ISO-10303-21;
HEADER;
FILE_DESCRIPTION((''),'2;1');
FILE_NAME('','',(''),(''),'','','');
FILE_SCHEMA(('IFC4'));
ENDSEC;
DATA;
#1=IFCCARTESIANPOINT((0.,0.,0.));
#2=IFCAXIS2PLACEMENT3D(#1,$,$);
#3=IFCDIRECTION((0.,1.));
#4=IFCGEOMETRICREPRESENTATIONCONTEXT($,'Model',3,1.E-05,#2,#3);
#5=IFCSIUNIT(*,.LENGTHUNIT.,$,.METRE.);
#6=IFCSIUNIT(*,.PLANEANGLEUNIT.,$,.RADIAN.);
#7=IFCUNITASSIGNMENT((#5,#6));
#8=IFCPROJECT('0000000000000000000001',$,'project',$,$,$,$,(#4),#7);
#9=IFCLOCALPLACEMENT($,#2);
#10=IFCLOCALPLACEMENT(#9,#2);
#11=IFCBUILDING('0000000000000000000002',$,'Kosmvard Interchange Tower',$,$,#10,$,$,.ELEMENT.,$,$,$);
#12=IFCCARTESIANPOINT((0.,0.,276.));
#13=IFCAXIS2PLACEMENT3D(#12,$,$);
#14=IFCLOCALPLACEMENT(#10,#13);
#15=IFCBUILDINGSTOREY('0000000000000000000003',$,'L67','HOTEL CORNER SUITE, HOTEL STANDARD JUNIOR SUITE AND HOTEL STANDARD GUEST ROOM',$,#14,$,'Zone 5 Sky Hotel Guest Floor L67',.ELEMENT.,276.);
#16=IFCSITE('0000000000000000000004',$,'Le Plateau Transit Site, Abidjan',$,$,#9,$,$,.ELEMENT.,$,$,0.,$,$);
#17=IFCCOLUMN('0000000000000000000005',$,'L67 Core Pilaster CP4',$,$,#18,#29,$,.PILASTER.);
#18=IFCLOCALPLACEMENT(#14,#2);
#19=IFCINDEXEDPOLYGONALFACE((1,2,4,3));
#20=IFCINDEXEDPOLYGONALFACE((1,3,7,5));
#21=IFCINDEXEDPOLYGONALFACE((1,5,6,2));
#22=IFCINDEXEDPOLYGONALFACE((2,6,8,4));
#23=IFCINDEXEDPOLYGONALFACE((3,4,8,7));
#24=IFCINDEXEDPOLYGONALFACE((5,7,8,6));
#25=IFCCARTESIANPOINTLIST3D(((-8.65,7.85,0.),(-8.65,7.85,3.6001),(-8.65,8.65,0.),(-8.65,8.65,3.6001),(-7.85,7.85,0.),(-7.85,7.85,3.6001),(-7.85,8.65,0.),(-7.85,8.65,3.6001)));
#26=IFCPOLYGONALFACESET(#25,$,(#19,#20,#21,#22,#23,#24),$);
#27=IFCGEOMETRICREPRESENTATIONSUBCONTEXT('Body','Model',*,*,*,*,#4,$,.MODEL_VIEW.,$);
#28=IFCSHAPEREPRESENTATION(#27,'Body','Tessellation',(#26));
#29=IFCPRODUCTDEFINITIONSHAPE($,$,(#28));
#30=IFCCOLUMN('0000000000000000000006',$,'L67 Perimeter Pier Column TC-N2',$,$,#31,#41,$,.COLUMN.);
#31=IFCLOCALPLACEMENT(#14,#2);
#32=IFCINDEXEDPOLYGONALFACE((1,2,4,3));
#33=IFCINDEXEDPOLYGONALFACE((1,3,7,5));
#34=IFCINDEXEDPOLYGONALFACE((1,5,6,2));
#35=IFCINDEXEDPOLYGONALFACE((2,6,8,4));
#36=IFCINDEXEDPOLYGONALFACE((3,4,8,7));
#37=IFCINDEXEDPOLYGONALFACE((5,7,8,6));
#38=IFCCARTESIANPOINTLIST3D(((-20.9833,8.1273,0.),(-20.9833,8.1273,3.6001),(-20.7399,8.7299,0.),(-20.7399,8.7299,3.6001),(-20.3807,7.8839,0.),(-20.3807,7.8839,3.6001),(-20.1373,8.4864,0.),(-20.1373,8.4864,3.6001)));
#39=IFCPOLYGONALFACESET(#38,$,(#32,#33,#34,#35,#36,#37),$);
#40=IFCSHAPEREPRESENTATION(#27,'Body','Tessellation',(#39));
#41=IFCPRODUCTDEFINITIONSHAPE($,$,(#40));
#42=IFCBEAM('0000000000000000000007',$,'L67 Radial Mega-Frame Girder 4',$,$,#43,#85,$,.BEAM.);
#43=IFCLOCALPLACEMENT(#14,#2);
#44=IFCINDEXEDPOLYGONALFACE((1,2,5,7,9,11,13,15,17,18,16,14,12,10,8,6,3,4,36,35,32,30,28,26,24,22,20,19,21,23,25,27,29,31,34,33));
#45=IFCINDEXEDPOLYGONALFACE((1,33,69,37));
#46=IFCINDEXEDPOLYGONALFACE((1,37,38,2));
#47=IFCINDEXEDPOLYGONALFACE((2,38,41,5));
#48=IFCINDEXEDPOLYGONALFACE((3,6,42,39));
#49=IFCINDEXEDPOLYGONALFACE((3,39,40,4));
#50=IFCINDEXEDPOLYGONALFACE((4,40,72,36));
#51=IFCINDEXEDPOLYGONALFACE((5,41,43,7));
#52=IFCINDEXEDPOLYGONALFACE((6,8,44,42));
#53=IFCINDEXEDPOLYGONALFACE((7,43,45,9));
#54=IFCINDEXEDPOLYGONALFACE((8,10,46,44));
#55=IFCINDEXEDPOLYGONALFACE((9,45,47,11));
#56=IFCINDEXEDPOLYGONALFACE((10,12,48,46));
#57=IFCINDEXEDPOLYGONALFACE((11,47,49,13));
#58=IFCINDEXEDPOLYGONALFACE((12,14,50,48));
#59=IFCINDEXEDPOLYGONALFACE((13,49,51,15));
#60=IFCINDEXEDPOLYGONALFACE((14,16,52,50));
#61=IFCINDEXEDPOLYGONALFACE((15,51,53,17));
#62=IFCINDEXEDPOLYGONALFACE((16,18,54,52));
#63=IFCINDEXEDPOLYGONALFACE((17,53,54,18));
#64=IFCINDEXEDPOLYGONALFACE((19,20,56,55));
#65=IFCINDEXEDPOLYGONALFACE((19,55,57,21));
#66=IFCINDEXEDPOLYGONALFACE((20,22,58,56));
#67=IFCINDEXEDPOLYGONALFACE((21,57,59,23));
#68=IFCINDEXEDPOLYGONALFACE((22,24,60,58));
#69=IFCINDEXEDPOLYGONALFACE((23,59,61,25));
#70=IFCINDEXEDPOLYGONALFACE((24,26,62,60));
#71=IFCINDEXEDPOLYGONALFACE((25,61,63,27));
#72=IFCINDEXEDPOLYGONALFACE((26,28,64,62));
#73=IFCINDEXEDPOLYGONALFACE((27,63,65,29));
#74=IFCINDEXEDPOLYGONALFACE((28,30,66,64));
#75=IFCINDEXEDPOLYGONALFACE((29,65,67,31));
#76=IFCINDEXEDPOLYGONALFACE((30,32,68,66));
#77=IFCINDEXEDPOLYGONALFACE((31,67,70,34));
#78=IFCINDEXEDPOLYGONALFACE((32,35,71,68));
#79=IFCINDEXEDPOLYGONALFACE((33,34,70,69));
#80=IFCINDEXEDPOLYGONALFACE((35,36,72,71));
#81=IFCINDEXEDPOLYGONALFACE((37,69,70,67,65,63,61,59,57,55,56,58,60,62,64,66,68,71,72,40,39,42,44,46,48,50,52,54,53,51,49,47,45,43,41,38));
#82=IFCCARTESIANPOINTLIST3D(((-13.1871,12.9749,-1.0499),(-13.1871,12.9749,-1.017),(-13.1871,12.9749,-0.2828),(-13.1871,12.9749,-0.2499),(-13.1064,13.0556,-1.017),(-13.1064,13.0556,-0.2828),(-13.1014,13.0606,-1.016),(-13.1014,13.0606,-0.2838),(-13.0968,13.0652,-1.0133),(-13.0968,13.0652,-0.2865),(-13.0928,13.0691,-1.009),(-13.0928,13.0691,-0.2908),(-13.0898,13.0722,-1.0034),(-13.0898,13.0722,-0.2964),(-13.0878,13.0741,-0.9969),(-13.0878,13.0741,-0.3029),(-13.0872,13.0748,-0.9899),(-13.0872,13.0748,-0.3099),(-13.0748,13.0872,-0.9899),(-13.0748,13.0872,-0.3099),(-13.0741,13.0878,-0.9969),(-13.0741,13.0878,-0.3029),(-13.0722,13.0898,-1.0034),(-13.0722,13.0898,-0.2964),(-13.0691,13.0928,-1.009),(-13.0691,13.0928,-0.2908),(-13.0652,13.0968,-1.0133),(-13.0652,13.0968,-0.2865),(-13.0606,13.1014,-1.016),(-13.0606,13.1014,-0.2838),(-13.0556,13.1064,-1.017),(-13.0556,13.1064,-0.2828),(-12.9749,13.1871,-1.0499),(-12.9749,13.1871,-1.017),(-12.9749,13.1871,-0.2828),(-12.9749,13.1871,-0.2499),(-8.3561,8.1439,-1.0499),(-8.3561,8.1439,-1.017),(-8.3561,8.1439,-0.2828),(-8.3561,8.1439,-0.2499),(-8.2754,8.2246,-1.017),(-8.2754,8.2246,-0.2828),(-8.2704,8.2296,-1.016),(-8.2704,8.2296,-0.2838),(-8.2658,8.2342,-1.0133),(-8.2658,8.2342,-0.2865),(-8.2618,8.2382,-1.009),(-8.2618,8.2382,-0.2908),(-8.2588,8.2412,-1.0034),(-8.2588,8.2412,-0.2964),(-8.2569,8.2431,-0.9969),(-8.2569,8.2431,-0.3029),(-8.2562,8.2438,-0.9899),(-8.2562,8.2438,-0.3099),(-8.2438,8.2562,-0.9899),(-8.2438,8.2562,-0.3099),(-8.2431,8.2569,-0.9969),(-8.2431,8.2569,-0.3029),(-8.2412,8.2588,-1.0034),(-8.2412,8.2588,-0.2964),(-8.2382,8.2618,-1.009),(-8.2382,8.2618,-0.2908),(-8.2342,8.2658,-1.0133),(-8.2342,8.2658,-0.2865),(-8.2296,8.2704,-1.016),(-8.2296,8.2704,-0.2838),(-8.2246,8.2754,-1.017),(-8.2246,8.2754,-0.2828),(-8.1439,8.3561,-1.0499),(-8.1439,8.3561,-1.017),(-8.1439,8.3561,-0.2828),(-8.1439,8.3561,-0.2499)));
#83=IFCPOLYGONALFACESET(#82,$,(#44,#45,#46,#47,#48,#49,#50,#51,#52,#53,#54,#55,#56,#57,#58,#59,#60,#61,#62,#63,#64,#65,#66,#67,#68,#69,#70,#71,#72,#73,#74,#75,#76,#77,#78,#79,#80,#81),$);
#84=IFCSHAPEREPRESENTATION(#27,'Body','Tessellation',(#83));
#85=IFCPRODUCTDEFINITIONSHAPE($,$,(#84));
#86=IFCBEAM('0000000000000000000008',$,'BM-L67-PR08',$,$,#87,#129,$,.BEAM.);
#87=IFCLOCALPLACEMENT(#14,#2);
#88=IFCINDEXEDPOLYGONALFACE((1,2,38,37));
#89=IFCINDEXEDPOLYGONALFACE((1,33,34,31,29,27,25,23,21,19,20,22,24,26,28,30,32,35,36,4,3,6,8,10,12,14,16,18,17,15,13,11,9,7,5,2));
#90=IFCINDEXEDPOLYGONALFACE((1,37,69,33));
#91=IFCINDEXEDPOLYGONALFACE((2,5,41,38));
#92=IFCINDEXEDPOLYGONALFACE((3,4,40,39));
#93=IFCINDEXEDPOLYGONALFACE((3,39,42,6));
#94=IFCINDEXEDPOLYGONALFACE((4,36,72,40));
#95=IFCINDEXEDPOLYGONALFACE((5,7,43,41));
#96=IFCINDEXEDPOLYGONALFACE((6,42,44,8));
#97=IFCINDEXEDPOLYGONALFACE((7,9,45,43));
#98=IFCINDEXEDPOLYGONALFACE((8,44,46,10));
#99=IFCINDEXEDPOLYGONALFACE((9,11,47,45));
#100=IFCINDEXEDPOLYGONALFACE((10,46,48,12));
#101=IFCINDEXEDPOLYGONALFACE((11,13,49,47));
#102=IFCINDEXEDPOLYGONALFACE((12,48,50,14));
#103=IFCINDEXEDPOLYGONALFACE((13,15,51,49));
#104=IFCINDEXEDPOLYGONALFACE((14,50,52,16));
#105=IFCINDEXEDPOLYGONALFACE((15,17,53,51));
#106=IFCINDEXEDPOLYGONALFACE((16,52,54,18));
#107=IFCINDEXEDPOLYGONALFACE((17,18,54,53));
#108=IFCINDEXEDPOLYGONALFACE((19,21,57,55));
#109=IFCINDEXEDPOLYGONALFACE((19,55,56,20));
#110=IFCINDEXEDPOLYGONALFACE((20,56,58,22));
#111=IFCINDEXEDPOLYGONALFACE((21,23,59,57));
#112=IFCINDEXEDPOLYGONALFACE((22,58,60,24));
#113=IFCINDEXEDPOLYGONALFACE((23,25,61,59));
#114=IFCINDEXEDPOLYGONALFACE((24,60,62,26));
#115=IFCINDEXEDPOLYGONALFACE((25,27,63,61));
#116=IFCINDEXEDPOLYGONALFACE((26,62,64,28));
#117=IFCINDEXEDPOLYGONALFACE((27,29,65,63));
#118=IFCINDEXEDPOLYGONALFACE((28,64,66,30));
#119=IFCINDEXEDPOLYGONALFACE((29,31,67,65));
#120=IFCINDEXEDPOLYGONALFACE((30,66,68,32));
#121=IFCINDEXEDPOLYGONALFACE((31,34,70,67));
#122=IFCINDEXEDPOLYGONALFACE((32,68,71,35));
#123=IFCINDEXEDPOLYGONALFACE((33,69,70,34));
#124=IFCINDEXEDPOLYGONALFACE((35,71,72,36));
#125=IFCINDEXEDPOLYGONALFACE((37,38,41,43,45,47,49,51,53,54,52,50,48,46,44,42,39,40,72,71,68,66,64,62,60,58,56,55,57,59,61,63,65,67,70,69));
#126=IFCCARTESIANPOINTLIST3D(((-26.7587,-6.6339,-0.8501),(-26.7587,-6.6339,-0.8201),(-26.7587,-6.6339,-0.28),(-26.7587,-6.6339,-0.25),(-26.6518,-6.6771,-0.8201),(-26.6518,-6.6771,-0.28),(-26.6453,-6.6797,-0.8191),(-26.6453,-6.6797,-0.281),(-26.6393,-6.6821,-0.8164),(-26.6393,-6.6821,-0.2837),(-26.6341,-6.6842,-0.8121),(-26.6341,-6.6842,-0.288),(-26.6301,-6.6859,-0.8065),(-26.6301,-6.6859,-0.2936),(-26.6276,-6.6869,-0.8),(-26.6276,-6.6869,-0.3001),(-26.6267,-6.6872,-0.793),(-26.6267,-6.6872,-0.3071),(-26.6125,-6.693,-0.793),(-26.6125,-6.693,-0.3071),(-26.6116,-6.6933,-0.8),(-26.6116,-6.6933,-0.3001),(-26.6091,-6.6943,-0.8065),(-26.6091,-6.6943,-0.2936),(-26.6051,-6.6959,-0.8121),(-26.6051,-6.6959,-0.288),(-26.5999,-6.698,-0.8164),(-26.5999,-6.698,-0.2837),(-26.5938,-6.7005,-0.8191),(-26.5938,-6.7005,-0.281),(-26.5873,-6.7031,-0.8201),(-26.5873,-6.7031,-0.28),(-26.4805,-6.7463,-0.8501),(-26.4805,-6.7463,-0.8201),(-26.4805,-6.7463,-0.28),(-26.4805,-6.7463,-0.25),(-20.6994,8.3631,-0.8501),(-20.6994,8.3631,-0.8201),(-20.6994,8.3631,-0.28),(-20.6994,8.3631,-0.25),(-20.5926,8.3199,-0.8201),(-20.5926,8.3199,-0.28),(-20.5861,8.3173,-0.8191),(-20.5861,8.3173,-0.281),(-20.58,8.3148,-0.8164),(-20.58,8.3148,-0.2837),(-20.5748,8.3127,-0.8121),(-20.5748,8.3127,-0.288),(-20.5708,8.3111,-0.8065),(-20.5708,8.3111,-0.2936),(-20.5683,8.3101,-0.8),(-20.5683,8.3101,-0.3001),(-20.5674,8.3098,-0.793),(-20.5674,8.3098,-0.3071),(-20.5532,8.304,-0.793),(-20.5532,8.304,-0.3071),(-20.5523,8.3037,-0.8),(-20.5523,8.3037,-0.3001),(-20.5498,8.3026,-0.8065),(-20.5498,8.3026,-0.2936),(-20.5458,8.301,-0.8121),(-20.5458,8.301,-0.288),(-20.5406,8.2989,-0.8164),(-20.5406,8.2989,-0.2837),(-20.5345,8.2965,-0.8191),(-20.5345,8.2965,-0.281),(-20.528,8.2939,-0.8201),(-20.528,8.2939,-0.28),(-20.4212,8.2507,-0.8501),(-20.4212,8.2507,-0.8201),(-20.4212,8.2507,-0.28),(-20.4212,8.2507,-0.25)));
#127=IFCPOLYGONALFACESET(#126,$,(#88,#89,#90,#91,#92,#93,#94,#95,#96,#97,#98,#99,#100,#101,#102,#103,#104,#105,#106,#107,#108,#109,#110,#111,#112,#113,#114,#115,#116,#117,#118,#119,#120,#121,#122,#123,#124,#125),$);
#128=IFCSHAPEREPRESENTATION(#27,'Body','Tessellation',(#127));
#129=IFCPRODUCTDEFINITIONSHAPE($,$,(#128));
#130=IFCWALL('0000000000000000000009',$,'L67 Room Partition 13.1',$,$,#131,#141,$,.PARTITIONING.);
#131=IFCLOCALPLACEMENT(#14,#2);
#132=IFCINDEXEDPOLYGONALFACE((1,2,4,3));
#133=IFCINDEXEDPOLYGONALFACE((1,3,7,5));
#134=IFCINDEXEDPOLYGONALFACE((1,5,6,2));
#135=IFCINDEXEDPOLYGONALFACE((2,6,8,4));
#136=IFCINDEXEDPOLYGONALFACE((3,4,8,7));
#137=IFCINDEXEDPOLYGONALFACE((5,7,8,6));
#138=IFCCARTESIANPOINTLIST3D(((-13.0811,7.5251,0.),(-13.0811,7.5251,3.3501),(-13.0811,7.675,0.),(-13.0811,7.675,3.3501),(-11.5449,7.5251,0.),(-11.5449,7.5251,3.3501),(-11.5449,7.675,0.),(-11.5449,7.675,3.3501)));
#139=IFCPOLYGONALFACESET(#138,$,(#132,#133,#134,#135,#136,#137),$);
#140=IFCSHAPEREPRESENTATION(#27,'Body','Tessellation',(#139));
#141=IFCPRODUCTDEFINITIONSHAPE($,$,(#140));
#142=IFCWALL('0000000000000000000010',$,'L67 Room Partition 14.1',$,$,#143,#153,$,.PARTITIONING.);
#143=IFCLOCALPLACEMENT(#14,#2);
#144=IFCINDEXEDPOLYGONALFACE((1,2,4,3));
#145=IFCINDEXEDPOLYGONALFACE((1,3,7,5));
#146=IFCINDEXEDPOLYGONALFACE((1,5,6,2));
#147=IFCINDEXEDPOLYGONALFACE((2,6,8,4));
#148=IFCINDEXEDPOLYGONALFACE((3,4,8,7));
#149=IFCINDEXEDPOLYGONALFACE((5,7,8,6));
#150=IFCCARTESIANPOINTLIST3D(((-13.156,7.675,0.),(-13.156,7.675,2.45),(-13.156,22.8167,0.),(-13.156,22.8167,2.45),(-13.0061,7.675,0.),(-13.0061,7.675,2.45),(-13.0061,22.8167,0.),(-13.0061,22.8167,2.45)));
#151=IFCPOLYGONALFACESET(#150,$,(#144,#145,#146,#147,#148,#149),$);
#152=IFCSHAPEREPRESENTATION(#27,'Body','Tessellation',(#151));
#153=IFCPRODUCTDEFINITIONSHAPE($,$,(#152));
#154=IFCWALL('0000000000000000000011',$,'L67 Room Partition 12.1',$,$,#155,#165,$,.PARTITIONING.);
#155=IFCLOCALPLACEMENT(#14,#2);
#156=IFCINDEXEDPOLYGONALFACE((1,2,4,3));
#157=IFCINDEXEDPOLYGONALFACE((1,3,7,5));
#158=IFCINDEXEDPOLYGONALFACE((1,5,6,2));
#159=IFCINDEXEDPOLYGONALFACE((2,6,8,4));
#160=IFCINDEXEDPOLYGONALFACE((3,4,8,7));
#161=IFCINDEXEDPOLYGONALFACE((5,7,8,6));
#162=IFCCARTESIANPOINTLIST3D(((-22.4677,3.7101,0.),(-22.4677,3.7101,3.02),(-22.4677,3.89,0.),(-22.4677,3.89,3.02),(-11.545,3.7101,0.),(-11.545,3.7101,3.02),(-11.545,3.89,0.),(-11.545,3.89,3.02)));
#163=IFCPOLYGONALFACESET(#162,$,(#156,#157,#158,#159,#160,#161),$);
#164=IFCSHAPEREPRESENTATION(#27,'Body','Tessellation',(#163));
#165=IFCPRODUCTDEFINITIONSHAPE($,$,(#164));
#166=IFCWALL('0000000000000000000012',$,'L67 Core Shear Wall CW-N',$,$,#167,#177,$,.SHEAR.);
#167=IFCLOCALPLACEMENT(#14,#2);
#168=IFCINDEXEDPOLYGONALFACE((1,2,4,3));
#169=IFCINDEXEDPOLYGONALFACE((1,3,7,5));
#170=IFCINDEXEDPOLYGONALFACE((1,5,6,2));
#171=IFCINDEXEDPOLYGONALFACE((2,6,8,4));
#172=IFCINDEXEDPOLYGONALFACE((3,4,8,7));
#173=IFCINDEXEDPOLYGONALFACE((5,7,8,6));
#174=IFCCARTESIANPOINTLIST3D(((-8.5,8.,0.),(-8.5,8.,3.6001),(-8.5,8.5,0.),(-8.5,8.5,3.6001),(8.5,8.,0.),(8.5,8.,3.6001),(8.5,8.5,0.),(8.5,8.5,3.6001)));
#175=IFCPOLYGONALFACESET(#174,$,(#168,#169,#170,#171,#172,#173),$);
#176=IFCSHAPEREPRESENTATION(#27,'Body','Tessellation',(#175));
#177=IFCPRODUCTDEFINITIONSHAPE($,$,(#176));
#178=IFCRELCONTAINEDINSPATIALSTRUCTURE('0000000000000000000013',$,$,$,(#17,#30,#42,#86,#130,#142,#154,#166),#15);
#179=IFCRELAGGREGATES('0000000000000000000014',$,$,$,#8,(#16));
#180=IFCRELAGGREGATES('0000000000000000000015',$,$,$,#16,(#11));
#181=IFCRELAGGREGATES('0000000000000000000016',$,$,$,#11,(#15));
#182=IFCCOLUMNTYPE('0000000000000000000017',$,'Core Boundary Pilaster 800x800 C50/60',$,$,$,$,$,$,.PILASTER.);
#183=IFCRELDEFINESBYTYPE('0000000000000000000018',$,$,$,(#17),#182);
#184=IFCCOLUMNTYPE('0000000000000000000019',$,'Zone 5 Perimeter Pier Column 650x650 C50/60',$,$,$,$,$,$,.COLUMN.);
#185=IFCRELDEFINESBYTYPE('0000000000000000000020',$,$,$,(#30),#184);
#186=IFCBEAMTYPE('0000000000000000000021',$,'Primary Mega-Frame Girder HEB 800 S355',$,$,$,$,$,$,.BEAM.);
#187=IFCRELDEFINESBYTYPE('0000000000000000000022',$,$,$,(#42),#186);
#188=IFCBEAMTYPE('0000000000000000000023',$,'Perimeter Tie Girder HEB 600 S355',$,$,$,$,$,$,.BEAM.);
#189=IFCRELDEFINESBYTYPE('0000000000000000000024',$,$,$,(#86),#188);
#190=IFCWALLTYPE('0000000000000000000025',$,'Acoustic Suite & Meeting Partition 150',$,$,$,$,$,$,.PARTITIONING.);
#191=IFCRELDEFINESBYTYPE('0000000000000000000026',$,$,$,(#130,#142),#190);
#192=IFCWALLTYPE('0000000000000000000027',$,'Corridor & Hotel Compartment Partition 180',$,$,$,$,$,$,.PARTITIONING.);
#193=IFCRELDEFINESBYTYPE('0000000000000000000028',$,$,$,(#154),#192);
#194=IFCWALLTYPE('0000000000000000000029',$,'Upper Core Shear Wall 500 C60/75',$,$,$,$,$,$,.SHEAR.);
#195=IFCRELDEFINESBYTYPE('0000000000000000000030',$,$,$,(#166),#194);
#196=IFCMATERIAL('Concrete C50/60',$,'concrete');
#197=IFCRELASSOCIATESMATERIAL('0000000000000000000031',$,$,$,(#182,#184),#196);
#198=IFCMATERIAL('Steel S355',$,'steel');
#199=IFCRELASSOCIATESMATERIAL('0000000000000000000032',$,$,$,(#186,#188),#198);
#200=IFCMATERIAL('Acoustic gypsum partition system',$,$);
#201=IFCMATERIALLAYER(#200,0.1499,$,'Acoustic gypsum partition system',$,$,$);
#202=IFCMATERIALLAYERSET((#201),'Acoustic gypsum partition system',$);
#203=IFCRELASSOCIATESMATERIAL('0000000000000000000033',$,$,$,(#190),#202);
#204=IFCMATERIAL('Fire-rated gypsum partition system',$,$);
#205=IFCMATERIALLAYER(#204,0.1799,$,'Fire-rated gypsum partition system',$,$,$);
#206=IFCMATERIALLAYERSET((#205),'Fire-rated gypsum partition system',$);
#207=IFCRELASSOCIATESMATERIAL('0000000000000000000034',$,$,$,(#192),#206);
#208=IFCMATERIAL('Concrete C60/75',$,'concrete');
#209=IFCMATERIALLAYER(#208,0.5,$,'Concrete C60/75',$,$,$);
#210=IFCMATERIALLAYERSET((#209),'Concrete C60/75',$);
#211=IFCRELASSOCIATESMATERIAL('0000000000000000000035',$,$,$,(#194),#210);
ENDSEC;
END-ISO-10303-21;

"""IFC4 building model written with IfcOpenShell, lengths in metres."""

from ifc_helpers import new_model, si_unit, direction, frame, frame_2d, origin, origin_2d, place, context, subcontext, project, spatial, rectangle, i_section, extrude, source, transform, mapped, material, layer, layer_set, material_profile, profile_set, type_object, element, save


model = new_model("IFC4")

# Units and contexts
model_context = context("Model", 3, precision=1e-05, world=origin(), true_north=direction((0.0, 1.0)))
body_context = subcontext(model_context, "Body", "Model", "MODEL_VIEW")
ifc_project = project(units=[si_unit("LENGTHUNIT", "METRE"), si_unit("PLANEANGLEUNIT", "RADIAN")], contexts=[model_context])

# Site, building, storey
site_placement = place(None, origin())
site = spatial("IfcSite", under=ifc_project, at=site_placement, Name="Le Plateau Transit Site, Abidjan", CompositionType="ELEMENT", RefElevation=0.0)
building_placement = place(site_placement, origin())
building = spatial("IfcBuilding", under=site, at=building_placement, Name="Kosmvard Interchange Tower", CompositionType="ELEMENT")
storey_placement = place(building_placement, frame((0.0, 0.0, 276.0)))
storey = spatial("IfcBuildingStorey", under=building, at=storey_placement, Name="L67", Description="HOTEL CORNER SUITE, HOTEL STANDARD JUNIOR SUITE AND HOTEL STANDARD GUEST ROOM", LongName="Zone 5 Sky Hotel Guest Floor L67", CompositionType="ELEMENT", Elevation=276.0)

# Columns
ifc_material_1 = material(Name="Concrete C50/60", Category="concrete")
ifc_material_profile_1 = material_profile(ifc_material_1, rectangle(XDim=0.8, YDim=0.8, at=origin_2d()), Name="CP 800x800")
ifc_profile_set_1 = profile_set([ifc_material_profile_1], Name="Concrete C50/60")
column_type_1 = type_object("IfcColumnType", Name="Core Boundary Pilaster 800x800 C50/60", PredefinedType="PILASTER", material=ifc_profile_set_1)
shared_shape_1 = source(origin(), body_context, "Body", "SweptSolid", [
    extrude(rectangle(XDim=0.8, YDim=0.8, at=origin_2d()), origin(), (0.0, 0.0, 1.0), 3.6001),
])
column_1_placement = place(storey_placement, frame((-8.25, 8.25, 0.0), z_axis=(0.0, 0.0, 1.0), x_axis=(1.0, 0.0, 0.0)))
element("IfcColumn", 1, at=column_1_placement, inside=storey, type_object=column_type_1, Name="L67 Core Pilaster CP4", PredefinedType="PILASTER", context=body_context, shape_type="MappedRepresentation", body=[
    mapped(shared_shape_1, transform((0.0, 0.0, 0.0), scale=1.0)),
])
ifc_material_profile_2 = material_profile(ifc_material_1, rectangle(XDim=0.6499, YDim=0.6499, at=origin_2d()), Name="TC 650x650")
ifc_profile_set_2 = profile_set([ifc_material_profile_2], Name="Concrete C50/60")
column_type_2 = type_object("IfcColumnType", Name="Zone 5 Perimeter Pier Column 650x650 C50/60", PredefinedType="COLUMN", material=ifc_profile_set_2)
shared_shape_2 = source(origin(), body_context, "Body", "SweptSolid", [
    extrude(rectangle(XDim=0.6499, YDim=0.6499, at=origin_2d()), origin(), (0.0, 0.0, 1.0), 3.6001),
])
column_2_placement = place(storey_placement, frame((-20.5603, 8.3069, 0.0), z_axis=(0.0, 0.0, 1.0), x_axis=(0.374607, 0.927184, 0.0)))
element("IfcColumn", 2, at=column_2_placement, inside=storey, type_object=column_type_2, Name="L67 Perimeter Pier Column TC-N2", PredefinedType="COLUMN", context=body_context, shape_type="MappedRepresentation", body=[
    mapped(shared_shape_2, transform((0.0, 0.0, 0.0), scale=1.0)),
])

# Beams
ifc_material_2 = material(Name="Steel S355", Category="steel")
ifc_material_profile_3 = material_profile(ifc_material_2, i_section(OverallWidth=0.3, OverallDepth=0.8, WebThickness=0.0176, FlangeThickness=0.033, FilletRadius=0.0271, at=origin_2d()), Name="HEB 800")
ifc_profile_set_3 = profile_set([ifc_material_profile_3], Name="Steel S355")
beam_type_1 = type_object("IfcBeamType", Name="Primary Mega-Frame Girder HEB 800 S355", PredefinedType="BEAM", material=ifc_profile_set_3)
shared_shape_3 = source(origin(), body_context, "Body", "SweptSolid", [
    extrude(i_section(OverallWidth=0.3, OverallDepth=0.8, WebThickness=0.0176, FlangeThickness=0.033, FilletRadius=0.0271, at=origin_2d()), origin(), (0.0, 0.0, 1.0), 6.832),
])
beam_1_placement = place(storey_placement, frame((-8.25, 8.25, -0.6499), z_axis=(-0.707107, 0.707107, 0.0), x_axis=(-0.707107, -0.707107, 0.0)))
element("IfcBeam", 3, at=beam_1_placement, inside=storey, type_object=beam_type_1, Name="L67 Radial Mega-Frame Girder 4", PredefinedType="BEAM", context=body_context, shape_type="MappedRepresentation", body=[
    mapped(shared_shape_3, transform((0.0, 0.0, 0.0), scale=1.0)),
])
ifc_material_profile_4 = material_profile(ifc_material_2, i_section(OverallWidth=0.3, OverallDepth=0.6001, WebThickness=0.0154, FlangeThickness=0.03, FilletRadius=0.0271, at=origin_2d()), Name="HEB 600")
ifc_profile_set_4 = profile_set([ifc_material_profile_4], Name="Steel S355")
beam_type_2 = type_object("IfcBeamType", Name="Perimeter Tie Girder HEB 600 S355", PredefinedType="BEAM", material=ifc_profile_set_4)
shared_shape_4 = source(origin(), body_context, "Body", "SweptSolid", [
    extrude(i_section(OverallWidth=0.3, OverallDepth=0.6001, WebThickness=0.0154, FlangeThickness=0.03, FilletRadius=0.0271, at=origin_2d()), origin(), (0.0, 0.0, 1.0), 16.1748),
])
beam_2_placement = place(storey_placement, frame((-20.5603, 8.3069, -0.55), z_axis=(-0.374613, -0.927181, 0.0), x_axis=(0.927181, -0.374613, 0.0)))
element("IfcBeam", 4, at=beam_2_placement, inside=storey, type_object=beam_type_2, Name="BM-L67-PR08", PredefinedType="BEAM", context=body_context, shape_type="MappedRepresentation", body=[
    mapped(shared_shape_4, transform((0.0, 0.0, 0.0), scale=1.0)),
])

# Walls
ifc_material_3 = material(Name="Acoustic gypsum partition system")
ifc_layer_1 = layer(ifc_material_3, 0.1499, Name="Acoustic gypsum partition system")
ifc_layer_set_1 = layer_set([ifc_layer_1], Name="Acoustic gypsum partition system")
wall_type_1 = type_object("IfcWallType", Name="Acoustic Suite & Meeting Partition 150", PredefinedType="PARTITIONING", material=ifc_layer_set_1)
wall_1_placement = place(storey_placement, frame((-11.5449, 7.6001, 0.0), z_axis=(0.0, 0.0, 1.0), x_axis=(-1.0, 0.0, 0.0)))
element("IfcWall", 5, at=wall_1_placement, inside=storey, type_object=wall_type_1, Name="L67 Room Partition 13.1", PredefinedType="PARTITIONING", context=body_context, shape_type="SweptSolid", body=[
    extrude(rectangle(XDim=1.5361, YDim=0.1499, at=frame_2d((0.7681, 0.0))), origin(), (0.0, 0.0, 1.0), 3.3501),
])
wall_2_placement = place(storey_placement, frame((-13.0811, 7.675, 0.0), z_axis=(0.0, 0.0, 1.0), x_axis=(0.0, 1.0, 0.0)))
element("IfcWall", 6, at=wall_2_placement, inside=storey, type_object=wall_type_1, Name="L67 Room Partition 14.1", PredefinedType="PARTITIONING", context=body_context, shape_type="SweptSolid", body=[
    extrude(rectangle(XDim=15.1416, YDim=0.1499, at=frame_2d((7.5708, 0.0))), origin(), (0.0, 0.0, 1.0), 2.45),
])

# Shared definitions
ifc_material_4 = material(Name="Fire-rated gypsum partition system")
ifc_layer_2 = layer(ifc_material_4, 0.1799, Name="Fire-rated gypsum partition system")
ifc_layer_set_2 = layer_set([ifc_layer_2], Name="Fire-rated gypsum partition system")
wall_type_2 = type_object("IfcWallType", Name="Corridor & Hotel Compartment Partition 180", PredefinedType="PARTITIONING", material=ifc_layer_set_2)

# Walls
wall_3_placement = place(storey_placement, frame((-11.5449, 3.8, 0.0), z_axis=(0.0, 0.0, 1.0), x_axis=(-1.0, 0.0, 0.0)))
element("IfcWall", 7, at=wall_3_placement, inside=storey, type_object=wall_type_2, Name="L67 Room Partition 12.1", PredefinedType="PARTITIONING", context=body_context, shape_type="SweptSolid", body=[
    extrude(rectangle(XDim=10.9226, YDim=0.1799, at=frame_2d((5.4614, 0.0))), origin(), (0.0, 0.0, 1.0), 3.02),
])
ifc_material_5 = material(Name="Concrete C60/75", Category="concrete")
ifc_layer_3 = layer(ifc_material_5, 0.5, Name="Concrete C60/75")
ifc_layer_set_3 = layer_set([ifc_layer_3], Name="Concrete C60/75")
wall_type_3 = type_object("IfcWallType", Name="Upper Core Shear Wall 500 C60/75", PredefinedType="SHEAR", material=ifc_layer_set_3)
wall_4_placement = place(storey_placement, frame((-8.5, 8.25, 0.0), z_axis=(0.0, 0.0, 1.0), x_axis=(1.0, 0.0, 0.0)))
element("IfcWall", 8, at=wall_4_placement, inside=storey, type_object=wall_type_3, Name="L67 Core Shear Wall CW-N", PredefinedType="SHEAR", context=body_context, shape_type="SweptSolid", body=[
    extrude(rectangle(XDim=17.0, YDim=0.5, at=frame_2d((8.5, 0.0))), origin(), (0.0, 0.0, 1.0), 3.6001),
])

save(model, "model.ifc")
